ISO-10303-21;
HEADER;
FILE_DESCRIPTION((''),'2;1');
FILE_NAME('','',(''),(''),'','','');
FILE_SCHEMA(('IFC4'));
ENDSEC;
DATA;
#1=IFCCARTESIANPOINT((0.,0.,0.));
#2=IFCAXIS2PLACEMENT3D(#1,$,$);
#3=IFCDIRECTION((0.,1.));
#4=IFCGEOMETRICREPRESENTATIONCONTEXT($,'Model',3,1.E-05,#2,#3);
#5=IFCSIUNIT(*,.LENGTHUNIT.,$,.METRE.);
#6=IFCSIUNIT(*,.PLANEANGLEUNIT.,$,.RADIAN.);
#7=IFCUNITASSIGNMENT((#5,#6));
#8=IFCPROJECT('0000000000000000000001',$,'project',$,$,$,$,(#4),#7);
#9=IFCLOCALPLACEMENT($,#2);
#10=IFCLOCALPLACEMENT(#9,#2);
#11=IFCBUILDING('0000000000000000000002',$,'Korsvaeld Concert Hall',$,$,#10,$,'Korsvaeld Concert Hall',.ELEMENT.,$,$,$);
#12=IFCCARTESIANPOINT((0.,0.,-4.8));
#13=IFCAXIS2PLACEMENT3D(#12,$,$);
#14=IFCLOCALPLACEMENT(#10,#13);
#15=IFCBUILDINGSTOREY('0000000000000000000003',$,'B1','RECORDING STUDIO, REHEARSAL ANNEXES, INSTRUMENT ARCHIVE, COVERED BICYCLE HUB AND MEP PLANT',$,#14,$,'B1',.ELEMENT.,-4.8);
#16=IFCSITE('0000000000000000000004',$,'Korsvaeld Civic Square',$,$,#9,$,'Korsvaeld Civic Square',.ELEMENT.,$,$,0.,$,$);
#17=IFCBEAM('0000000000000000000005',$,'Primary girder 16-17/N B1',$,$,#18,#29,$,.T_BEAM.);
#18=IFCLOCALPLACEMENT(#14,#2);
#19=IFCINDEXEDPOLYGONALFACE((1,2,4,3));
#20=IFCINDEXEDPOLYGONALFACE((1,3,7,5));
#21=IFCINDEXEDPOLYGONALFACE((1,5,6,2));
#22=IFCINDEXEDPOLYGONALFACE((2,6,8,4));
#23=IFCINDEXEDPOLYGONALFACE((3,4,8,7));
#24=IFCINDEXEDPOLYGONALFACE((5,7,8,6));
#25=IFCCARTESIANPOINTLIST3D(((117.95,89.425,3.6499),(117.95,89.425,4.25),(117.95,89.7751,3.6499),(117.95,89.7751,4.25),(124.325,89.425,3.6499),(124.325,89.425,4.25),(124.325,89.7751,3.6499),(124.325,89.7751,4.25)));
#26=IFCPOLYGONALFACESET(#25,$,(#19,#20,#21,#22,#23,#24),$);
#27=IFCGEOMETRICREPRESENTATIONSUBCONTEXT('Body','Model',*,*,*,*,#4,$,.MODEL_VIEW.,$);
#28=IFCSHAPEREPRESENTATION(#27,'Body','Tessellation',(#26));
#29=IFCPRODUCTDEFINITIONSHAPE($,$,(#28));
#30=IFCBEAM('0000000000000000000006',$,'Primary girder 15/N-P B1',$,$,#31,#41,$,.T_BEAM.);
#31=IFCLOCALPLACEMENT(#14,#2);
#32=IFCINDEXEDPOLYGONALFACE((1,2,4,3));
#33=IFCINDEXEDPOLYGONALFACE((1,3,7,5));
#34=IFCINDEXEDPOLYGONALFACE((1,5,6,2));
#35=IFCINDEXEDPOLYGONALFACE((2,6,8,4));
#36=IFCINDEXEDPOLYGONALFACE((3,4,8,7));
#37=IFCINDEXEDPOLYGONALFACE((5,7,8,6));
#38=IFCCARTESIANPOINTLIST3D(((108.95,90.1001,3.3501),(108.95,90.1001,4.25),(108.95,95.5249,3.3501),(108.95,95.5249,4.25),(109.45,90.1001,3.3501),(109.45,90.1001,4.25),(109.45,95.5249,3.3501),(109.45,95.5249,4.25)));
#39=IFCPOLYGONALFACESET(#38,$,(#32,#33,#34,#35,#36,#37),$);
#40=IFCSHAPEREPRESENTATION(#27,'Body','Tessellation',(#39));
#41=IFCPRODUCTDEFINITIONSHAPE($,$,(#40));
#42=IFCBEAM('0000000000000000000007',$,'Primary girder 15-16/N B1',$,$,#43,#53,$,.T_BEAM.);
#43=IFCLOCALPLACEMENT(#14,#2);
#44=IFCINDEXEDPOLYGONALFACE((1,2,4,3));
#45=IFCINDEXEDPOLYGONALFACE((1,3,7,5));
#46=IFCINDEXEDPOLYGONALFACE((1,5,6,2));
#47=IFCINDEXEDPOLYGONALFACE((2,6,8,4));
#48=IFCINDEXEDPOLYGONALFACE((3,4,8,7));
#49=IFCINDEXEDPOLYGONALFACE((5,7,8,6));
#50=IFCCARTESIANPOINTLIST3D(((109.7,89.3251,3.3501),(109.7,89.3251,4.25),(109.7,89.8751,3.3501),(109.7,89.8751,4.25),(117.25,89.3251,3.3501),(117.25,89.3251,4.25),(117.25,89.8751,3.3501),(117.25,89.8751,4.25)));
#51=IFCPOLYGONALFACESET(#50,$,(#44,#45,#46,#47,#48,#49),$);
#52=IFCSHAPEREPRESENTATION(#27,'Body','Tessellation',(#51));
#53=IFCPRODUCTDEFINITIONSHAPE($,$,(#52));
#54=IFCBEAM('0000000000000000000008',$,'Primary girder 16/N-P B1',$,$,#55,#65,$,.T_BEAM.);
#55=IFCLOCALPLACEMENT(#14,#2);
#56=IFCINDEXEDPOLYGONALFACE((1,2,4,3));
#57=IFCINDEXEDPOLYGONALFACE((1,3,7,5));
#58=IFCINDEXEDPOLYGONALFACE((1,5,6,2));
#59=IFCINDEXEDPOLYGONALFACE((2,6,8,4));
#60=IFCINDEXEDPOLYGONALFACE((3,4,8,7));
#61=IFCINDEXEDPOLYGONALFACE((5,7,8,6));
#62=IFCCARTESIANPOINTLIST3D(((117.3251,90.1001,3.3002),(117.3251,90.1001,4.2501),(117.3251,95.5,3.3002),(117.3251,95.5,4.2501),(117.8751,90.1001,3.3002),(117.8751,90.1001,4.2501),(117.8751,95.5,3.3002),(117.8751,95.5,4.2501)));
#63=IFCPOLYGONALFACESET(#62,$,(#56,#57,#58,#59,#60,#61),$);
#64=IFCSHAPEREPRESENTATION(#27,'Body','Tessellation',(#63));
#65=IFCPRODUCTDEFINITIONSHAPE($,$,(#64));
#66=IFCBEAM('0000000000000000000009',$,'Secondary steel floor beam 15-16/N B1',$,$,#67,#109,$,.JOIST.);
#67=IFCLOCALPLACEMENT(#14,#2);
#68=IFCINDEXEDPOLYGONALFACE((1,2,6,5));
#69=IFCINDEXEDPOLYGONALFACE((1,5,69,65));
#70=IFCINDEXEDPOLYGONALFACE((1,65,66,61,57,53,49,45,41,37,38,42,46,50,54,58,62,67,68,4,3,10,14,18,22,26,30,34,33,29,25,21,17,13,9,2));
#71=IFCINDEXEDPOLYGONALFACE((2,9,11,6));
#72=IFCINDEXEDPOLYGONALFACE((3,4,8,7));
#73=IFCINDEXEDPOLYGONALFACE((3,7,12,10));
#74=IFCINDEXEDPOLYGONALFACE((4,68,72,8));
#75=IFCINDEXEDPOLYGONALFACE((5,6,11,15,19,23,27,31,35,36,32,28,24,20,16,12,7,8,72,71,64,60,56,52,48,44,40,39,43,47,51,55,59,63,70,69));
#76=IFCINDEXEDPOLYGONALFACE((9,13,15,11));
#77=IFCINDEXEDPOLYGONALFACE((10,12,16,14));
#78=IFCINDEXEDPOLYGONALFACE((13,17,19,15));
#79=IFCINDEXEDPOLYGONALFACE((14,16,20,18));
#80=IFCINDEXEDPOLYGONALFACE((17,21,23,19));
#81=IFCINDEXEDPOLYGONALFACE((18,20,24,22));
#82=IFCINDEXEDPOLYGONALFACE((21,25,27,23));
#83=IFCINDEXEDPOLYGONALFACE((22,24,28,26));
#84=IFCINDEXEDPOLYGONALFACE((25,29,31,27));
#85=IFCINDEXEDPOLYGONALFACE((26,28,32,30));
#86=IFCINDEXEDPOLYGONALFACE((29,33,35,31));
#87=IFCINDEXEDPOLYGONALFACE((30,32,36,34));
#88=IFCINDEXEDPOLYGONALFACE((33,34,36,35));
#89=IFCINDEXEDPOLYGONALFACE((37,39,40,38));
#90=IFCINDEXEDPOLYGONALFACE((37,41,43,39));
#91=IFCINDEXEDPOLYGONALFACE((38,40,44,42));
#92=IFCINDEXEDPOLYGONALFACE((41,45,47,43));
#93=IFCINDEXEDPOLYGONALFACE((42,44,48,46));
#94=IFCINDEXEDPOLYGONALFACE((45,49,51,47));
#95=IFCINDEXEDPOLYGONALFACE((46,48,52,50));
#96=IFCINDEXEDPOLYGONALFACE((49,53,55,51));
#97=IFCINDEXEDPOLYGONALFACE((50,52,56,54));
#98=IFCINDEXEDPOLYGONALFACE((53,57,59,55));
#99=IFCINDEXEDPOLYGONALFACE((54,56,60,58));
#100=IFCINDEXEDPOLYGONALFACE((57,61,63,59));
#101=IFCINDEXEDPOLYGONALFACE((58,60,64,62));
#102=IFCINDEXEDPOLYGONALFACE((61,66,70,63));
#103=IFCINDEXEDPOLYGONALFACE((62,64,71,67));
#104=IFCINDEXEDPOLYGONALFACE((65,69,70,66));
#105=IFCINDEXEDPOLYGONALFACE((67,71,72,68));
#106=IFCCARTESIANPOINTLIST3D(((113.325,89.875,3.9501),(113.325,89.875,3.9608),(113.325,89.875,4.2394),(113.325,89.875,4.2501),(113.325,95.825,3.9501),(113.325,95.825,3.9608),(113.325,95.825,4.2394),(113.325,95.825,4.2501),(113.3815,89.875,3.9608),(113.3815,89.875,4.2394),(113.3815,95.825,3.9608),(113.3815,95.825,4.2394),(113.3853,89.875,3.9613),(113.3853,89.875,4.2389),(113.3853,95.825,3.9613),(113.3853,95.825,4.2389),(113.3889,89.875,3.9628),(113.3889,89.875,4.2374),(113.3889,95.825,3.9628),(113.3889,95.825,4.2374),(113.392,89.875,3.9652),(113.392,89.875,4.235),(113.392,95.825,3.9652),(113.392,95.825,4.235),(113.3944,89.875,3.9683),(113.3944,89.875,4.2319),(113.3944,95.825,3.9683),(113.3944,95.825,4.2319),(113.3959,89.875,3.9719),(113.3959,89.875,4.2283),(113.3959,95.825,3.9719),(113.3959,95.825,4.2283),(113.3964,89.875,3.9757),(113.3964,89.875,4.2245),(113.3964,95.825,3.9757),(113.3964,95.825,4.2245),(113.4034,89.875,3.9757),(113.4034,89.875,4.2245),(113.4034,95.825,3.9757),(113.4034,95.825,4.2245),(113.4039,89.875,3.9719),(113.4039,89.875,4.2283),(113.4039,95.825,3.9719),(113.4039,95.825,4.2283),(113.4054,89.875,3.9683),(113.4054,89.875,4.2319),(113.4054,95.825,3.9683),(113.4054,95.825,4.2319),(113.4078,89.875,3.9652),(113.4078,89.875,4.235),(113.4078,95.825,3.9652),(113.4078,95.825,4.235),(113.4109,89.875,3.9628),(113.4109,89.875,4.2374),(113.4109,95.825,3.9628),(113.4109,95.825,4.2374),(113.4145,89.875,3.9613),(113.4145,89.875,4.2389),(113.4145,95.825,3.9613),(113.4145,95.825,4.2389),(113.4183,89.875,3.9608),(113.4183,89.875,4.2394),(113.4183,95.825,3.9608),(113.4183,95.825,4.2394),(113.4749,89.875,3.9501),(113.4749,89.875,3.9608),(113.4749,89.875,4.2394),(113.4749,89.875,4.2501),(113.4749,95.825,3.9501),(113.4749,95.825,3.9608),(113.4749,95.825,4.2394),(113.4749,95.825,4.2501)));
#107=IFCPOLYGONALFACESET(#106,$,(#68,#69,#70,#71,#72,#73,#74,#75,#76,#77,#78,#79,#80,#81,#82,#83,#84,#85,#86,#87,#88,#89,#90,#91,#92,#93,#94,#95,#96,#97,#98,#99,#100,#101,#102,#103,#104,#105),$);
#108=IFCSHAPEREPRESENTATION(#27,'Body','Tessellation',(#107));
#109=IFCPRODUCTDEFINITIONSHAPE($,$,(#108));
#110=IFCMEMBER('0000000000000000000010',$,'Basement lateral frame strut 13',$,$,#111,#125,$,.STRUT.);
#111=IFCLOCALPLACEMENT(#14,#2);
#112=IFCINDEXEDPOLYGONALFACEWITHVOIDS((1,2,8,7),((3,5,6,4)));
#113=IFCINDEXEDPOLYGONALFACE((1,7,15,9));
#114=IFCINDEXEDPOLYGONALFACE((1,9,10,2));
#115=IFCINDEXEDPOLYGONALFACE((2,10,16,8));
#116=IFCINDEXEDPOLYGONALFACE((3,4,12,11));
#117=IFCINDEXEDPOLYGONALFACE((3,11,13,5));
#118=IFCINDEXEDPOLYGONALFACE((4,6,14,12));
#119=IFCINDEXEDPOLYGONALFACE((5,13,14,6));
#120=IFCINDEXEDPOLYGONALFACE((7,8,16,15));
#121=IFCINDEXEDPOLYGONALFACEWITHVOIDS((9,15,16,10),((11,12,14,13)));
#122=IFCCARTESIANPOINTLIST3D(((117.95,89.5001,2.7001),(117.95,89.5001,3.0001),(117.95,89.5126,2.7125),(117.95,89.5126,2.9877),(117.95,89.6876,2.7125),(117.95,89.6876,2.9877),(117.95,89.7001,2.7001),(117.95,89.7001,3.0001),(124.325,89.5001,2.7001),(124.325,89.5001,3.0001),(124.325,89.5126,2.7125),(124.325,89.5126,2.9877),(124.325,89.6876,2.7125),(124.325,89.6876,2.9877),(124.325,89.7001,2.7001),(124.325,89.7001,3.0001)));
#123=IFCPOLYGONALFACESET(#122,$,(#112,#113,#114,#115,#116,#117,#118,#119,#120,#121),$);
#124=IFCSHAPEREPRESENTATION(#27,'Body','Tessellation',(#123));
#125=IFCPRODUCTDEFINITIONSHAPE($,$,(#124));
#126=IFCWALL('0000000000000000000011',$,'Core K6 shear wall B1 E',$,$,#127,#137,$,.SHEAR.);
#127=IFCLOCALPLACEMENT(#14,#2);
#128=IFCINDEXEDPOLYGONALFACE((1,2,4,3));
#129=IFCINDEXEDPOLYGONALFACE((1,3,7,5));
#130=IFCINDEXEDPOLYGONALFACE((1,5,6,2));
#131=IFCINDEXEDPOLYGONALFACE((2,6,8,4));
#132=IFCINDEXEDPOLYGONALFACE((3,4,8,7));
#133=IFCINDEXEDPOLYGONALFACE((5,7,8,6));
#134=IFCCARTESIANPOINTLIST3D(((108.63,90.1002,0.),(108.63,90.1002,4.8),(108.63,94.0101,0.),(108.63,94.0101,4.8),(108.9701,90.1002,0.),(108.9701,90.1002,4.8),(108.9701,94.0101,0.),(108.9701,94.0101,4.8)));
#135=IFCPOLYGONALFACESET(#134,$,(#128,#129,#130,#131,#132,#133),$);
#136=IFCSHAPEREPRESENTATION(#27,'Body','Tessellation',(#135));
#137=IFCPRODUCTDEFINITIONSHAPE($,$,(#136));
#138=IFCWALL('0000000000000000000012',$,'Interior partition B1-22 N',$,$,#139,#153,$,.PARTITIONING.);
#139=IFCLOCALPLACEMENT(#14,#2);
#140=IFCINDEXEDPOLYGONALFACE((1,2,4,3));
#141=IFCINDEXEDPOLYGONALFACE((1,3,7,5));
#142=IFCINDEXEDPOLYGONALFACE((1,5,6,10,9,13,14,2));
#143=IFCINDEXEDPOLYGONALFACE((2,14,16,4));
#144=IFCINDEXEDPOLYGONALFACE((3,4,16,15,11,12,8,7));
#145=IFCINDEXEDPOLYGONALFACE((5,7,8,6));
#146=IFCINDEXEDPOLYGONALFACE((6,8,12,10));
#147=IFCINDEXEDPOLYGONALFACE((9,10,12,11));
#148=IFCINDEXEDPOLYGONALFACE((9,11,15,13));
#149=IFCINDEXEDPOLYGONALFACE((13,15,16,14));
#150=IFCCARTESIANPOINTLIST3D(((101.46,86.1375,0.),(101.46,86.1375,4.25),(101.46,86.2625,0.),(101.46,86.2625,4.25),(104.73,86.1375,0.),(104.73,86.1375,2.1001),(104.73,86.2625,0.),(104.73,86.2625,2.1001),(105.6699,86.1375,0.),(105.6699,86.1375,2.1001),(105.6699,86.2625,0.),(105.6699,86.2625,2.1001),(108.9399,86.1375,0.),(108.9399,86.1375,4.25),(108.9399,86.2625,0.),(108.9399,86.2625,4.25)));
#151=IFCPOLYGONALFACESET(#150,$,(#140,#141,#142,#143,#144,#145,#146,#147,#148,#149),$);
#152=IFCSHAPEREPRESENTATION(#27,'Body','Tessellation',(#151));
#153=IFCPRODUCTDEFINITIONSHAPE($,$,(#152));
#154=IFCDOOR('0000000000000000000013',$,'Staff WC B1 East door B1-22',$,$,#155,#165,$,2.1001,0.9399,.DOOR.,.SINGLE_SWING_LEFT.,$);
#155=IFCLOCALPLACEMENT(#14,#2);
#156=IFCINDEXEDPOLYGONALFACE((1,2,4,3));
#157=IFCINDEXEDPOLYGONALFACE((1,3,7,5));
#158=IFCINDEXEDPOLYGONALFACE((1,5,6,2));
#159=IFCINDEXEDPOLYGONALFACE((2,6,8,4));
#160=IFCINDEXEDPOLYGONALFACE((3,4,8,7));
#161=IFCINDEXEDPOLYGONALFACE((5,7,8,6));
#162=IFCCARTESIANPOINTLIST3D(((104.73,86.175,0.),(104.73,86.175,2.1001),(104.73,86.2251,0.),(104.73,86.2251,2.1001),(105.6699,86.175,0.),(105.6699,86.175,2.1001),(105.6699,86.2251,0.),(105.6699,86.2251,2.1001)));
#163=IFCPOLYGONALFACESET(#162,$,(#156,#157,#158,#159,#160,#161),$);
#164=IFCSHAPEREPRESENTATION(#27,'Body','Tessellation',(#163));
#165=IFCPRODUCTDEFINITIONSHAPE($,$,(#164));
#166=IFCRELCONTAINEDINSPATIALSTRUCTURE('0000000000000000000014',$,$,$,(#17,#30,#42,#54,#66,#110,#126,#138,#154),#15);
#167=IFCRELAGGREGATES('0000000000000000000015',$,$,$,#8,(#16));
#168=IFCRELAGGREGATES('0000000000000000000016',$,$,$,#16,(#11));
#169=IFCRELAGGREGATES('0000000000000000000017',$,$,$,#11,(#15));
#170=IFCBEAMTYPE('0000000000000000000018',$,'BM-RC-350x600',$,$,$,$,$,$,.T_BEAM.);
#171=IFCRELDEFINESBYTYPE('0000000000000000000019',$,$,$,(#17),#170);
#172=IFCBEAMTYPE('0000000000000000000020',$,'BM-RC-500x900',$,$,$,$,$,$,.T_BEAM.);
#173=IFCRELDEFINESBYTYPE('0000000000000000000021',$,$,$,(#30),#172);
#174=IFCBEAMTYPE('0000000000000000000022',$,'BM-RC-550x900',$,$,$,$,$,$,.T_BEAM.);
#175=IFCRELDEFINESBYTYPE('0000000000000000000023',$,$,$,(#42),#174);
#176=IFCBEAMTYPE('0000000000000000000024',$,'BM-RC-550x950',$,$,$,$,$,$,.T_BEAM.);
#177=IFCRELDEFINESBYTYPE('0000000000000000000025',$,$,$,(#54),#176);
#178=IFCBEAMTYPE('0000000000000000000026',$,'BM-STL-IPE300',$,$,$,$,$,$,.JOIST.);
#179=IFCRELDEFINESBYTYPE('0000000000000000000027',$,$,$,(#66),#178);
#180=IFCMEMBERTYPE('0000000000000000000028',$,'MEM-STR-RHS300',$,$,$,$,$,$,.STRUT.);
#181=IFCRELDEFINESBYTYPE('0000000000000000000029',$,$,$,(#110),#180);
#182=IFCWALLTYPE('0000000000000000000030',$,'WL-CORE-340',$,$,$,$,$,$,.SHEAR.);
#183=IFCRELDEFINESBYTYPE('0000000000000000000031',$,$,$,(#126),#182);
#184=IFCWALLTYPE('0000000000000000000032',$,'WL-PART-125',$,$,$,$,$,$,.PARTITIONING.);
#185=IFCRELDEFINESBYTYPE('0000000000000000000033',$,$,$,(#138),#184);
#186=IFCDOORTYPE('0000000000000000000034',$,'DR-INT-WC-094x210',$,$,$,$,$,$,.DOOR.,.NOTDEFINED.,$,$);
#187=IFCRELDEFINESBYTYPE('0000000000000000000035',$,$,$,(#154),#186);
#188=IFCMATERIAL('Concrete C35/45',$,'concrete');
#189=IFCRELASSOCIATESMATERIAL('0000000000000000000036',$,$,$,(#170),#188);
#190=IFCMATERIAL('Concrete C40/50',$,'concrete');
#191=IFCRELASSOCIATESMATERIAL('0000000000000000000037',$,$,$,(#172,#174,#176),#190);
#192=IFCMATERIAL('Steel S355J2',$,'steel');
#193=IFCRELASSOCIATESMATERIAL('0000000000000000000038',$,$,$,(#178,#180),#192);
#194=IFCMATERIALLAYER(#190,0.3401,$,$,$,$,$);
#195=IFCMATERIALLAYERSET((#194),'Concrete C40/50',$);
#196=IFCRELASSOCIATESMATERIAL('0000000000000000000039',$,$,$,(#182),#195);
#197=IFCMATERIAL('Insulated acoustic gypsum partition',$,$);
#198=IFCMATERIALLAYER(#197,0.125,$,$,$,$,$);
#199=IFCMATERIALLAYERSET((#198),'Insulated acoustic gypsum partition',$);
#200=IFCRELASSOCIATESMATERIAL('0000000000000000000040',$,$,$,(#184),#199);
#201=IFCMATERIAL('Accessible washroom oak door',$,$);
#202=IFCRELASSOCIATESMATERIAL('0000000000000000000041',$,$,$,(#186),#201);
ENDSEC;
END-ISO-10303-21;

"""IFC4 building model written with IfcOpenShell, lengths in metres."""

from ifc_helpers import new_model, si_unit, direction, frame, frame_2d, origin, origin_2d, place, context, subcontext, project, spatial, rectangle, hollow_rectangle, i_section, extrude, material, layer, layer_set, material_profile, profile_set, type_object, element, fill, save


model = new_model("IFC4")

# Units and contexts
model_context = context("Model", 3, precision=1e-05, world=origin(), true_north=direction((0.0, 1.0)))
body_context = subcontext(model_context, "Body", "Model", "MODEL_VIEW")
ifc_project = project(units=[si_unit("LENGTHUNIT", "METRE"), si_unit("PLANEANGLEUNIT", "RADIAN")], contexts=[model_context])

# Site, building, storey
site_placement = place(None, origin())
site = spatial("IfcSite", under=ifc_project, at=site_placement, Name="Korsvaeld Civic Square", LongName="Korsvaeld Civic Square", CompositionType="ELEMENT", RefElevation=0.0)
building_placement = place(site_placement, origin())
building = spatial("IfcBuilding", under=site, at=building_placement, Name="Korsvaeld Concert Hall", LongName="Korsvaeld Concert Hall", CompositionType="ELEMENT")
storey_placement = place(building_placement, frame((0.0, 0.0, -4.8)))
storey = spatial("IfcBuildingStorey", under=building, at=storey_placement, Name="B1", Description="RECORDING STUDIO, REHEARSAL ANNEXES, INSTRUMENT ARCHIVE, COVERED BICYCLE HUB AND MEP PLANT", LongName="B1", CompositionType="ELEMENT", Elevation=-4.8)

# Shared definitions
ifc_material_1 = material(Name="Concrete C35/45", Category="concrete")

# Shared definitions
ifc_material_2 = material(Name="Concrete C40/50", Category="concrete")

# Beams
ifc_material_profile_1 = material_profile(ifc_material_1, rectangle(XDim=0.3501, YDim=0.6001, at=origin_2d()), Name="RC 350x600")
ifc_profile_set_1 = profile_set([ifc_material_profile_1], Name="Concrete C35/45")
beam_type_1 = type_object("IfcBeamType", Name="BM-RC-350x600", PredefinedType="T_BEAM", material=ifc_profile_set_1)
beam_1_placement = place(storey_placement, frame((117.95, 89.6001, 3.95), z_axis=(1.0, 0.0, 0.0), x_axis=(0.0, 1.0, 0.0)))
element("IfcBeam", 1, at=beam_1_placement, inside=storey, type_object=beam_type_1, Name="Primary girder 16-17/N B1", PredefinedType="T_BEAM", context=body_context, shape_type="SweptSolid", body=[
    extrude(rectangle(XDim=0.3501, YDim=0.6001, at=origin_2d()), origin(), (0.0, 0.0, 1.0), 6.375),
])
ifc_material_profile_2 = material_profile(ifc_material_2, rectangle(XDim=0.5, YDim=0.8999, at=origin_2d()), Name="RC 500x900")
ifc_profile_set_2 = profile_set([ifc_material_profile_2], Name="Concrete C40/50")
beam_type_2 = type_object("IfcBeamType", Name="BM-RC-500x900", PredefinedType="T_BEAM", material=ifc_profile_set_2)
beam_2_placement = place(storey_placement, frame((109.2, 90.1001, 3.8), z_axis=(0.0, 1.0, 0.0), x_axis=(-1.0, 0.0, 0.0)))
element("IfcBeam", 2, at=beam_2_placement, inside=storey, type_object=beam_type_2, Name="Primary girder 15/N-P B1", PredefinedType="T_BEAM", context=body_context, shape_type="SweptSolid", body=[
    extrude(rectangle(XDim=0.5, YDim=0.8999, at=origin_2d()), origin(), (0.0, 0.0, 1.0), 5.4248),
])
ifc_material_profile_3 = material_profile(ifc_material_2, rectangle(XDim=0.55, YDim=0.8999, at=origin_2d()), Name="RC 550x900")
ifc_profile_set_3 = profile_set([ifc_material_profile_3], Name="Concrete C40/50")
beam_type_3 = type_object("IfcBeamType", Name="BM-RC-550x900", PredefinedType="T_BEAM", material=ifc_profile_set_3)
beam_3_placement = place(storey_placement, frame((109.7, 89.6001, 3.8), z_axis=(1.0, 0.0, 0.0), x_axis=(0.0, 1.0, 0.0)))
element("IfcBeam", 3, at=beam_3_placement, inside=storey, type_object=beam_type_3, Name="Primary girder 15-16/N B1", PredefinedType="T_BEAM", context=body_context, shape_type="SweptSolid", body=[
    extrude(rectangle(XDim=0.55, YDim=0.8999, at=origin_2d()), origin(), (0.0, 0.0, 1.0), 7.55),
])
ifc_material_profile_4 = material_profile(ifc_material_2, rectangle(XDim=0.55, YDim=0.95, at=origin_2d()), Name="RC 550x950")
ifc_profile_set_4 = profile_set([ifc_material_profile_4], Name="Concrete C40/50")
beam_type_4 = type_object("IfcBeamType", Name="BM-RC-550x950", PredefinedType="T_BEAM", material=ifc_profile_set_4)
beam_4_placement = place(storey_placement, frame((117.6001, 90.1001, 3.7751), z_axis=(0.0, 1.0, 0.0), x_axis=(-1.0, 0.0, 0.0)))
element("IfcBeam", 4, at=beam_4_placement, inside=storey, type_object=beam_type_4, Name="Primary girder 16/N-P B1", PredefinedType="T_BEAM", context=body_context, shape_type="SweptSolid", body=[
    extrude(rectangle(XDim=0.55, YDim=0.95, at=origin_2d()), origin(), (0.0, 0.0, 1.0), 5.3999),
])
ifc_material_3 = material(Name="Steel S355J2", Category="steel")
ifc_material_profile_5 = material_profile(ifc_material_3, i_section(OverallWidth=0.1499, OverallDepth=0.3, WebThickness=0.0071, FlangeThickness=0.0107, FilletRadius=0.0149, at=origin_2d()), Name="IPE 300")
ifc_profile_set_5 = profile_set([ifc_material_profile_5], Name="Steel S355J2")
beam_type_5 = type_object("IfcBeamType", Name="BM-STL-IPE300", PredefinedType="JOIST", material=ifc_profile_set_5)
beam_5_placement = place(storey_placement, frame((113.3999, 89.875, 4.1001), z_axis=(0.0, 1.0, 0.0), x_axis=(-1.0, 0.0, 0.0)))
element("IfcBeam", 5, at=beam_5_placement, inside=storey, type_object=beam_type_5, Name="Secondary steel floor beam 15-16/N B1", PredefinedType="JOIST", context=body_context, shape_type="SweptSolid", body=[
    extrude(i_section(OverallWidth=0.1499, OverallDepth=0.3, WebThickness=0.0071, FlangeThickness=0.0107, FilletRadius=0.0149, at=origin_2d()), origin(), (0.0, 0.0, 1.0), 5.95),
])

# Member
ifc_material_profile_6 = material_profile(ifc_material_3, hollow_rectangle(XDim=0.2, YDim=0.3, WallThickness=0.0125, at=origin_2d()), Name="RHS 300x200x12.5")
ifc_profile_set_6 = profile_set([ifc_material_profile_6], Name="Steel S355J2")
member_type = type_object("IfcMemberType", Name="MEM-STR-RHS300", PredefinedType="STRUT", material=ifc_profile_set_6)
member_placement = place(storey_placement, frame((117.95, 89.6001, 2.8501), z_axis=(1.0, 0.0, 0.0), x_axis=(0.0, 1.0, 0.0)))
element("IfcMember", 6, at=member_placement, inside=storey, type_object=member_type, Name="Basement lateral frame strut 13", PredefinedType="STRUT", context=body_context, shape_type="SweptSolid", body=[
    extrude(hollow_rectangle(XDim=0.2, YDim=0.3, WallThickness=0.0125, at=origin_2d()), origin(), (0.0, 0.0, 1.0), 6.375),
])

# Wall
ifc_layer_1 = layer(ifc_material_2, 0.3401)
ifc_layer_set_1 = layer_set([ifc_layer_1], Name="Concrete C40/50")
wall_type_1 = type_object("IfcWallType", Name="WL-CORE-340", PredefinedType="SHEAR", material=ifc_layer_set_1)
wall_1_placement = place(storey_placement, frame((108.8, 90.1001, 0.0), z_axis=(0.0, 0.0, 1.0), x_axis=(0.0, 1.0, 0.0)))
element("IfcWall", 7, at=wall_1_placement, inside=storey, type_object=wall_type_1, Name="Core K6 shear wall B1 E", PredefinedType="SHEAR", context=body_context, shape_type="SweptSolid", body=[
    extrude(rectangle(XDim=3.9099, YDim=0.3401, at=frame_2d((1.9551, 0.0))), origin(), (0.0, 0.0, 1.0), 4.8),
])

# Wall, opening, door
ifc_material_4 = material(Name="Insulated acoustic gypsum partition")
ifc_layer_2 = layer(ifc_material_4, 0.125)
ifc_layer_set_2 = layer_set([ifc_layer_2], Name="Insulated acoustic gypsum partition")
wall_type_2 = type_object("IfcWallType", Name="WL-PART-125", PredefinedType="PARTITIONING", material=ifc_layer_set_2)
wall_2_placement = place(storey_placement, frame((108.9399, 86.2, 0.0), z_axis=(0.0, 0.0, 1.0), x_axis=(-1.0, 0.0, 0.0)))
wall_2 = element("IfcWall", 8, at=wall_2_placement, inside=storey, type_object=wall_type_2, Name="Interior partition B1-22 N", PredefinedType="PARTITIONING", context=body_context, shape_type="SweptSolid", body=[
    extrude(rectangle(XDim=7.48, YDim=0.125, at=frame_2d((3.74, 0.0))), origin(), (0.0, 0.0, 1.0), 4.25),
])
opening_placement = place(wall_2_placement, frame((3.27, 0.0, 0.0)))
opening = element("IfcOpeningElement", 9, at=opening_placement, cuts=wall_2, PredefinedType="OPENING", context=body_context, shape_type="SweptSolid", body=[
    extrude(rectangle(XDim=0.9399, YDim=2.1001, at=frame_2d((0.47, 1.05))), frame((0.0, 0.0725, 0.0), z_axis=(0.0, -1.0, 0.0), x_axis=(1.0, 0.0, 0.0)), (0.0, 0.0, 1.0), 0.145),
])
ifc_material_5 = material(Name="Accessible washroom oak door")
door_type = type_object("IfcDoorType", Name="DR-INT-WC-094x210", OperationType="NOTDEFINED", PredefinedType="DOOR", material=ifc_material_5)
door_placement = place(opening_placement, origin())
door = element("IfcDoor", 10, at=door_placement, inside=storey, type_object=door_type, Name="Staff WC B1 East door B1-22", OperationType="SINGLE_SWING_LEFT", OverallHeight=2.1001, OverallWidth=0.9399, PredefinedType="DOOR", context=body_context, shape_type="SweptSolid", body=[
    extrude(rectangle(XDim=0.9399, YDim=2.1001, at=frame_2d((0.47, 1.05))), frame((0.0, 0.0249, 0.0), z_axis=(0.0, -1.0, 0.0), x_axis=(1.0, 0.0, 0.0)), (0.0, 0.0, 1.0), 0.05),
])
fill(opening, door)

save(model, "model.ifc")
